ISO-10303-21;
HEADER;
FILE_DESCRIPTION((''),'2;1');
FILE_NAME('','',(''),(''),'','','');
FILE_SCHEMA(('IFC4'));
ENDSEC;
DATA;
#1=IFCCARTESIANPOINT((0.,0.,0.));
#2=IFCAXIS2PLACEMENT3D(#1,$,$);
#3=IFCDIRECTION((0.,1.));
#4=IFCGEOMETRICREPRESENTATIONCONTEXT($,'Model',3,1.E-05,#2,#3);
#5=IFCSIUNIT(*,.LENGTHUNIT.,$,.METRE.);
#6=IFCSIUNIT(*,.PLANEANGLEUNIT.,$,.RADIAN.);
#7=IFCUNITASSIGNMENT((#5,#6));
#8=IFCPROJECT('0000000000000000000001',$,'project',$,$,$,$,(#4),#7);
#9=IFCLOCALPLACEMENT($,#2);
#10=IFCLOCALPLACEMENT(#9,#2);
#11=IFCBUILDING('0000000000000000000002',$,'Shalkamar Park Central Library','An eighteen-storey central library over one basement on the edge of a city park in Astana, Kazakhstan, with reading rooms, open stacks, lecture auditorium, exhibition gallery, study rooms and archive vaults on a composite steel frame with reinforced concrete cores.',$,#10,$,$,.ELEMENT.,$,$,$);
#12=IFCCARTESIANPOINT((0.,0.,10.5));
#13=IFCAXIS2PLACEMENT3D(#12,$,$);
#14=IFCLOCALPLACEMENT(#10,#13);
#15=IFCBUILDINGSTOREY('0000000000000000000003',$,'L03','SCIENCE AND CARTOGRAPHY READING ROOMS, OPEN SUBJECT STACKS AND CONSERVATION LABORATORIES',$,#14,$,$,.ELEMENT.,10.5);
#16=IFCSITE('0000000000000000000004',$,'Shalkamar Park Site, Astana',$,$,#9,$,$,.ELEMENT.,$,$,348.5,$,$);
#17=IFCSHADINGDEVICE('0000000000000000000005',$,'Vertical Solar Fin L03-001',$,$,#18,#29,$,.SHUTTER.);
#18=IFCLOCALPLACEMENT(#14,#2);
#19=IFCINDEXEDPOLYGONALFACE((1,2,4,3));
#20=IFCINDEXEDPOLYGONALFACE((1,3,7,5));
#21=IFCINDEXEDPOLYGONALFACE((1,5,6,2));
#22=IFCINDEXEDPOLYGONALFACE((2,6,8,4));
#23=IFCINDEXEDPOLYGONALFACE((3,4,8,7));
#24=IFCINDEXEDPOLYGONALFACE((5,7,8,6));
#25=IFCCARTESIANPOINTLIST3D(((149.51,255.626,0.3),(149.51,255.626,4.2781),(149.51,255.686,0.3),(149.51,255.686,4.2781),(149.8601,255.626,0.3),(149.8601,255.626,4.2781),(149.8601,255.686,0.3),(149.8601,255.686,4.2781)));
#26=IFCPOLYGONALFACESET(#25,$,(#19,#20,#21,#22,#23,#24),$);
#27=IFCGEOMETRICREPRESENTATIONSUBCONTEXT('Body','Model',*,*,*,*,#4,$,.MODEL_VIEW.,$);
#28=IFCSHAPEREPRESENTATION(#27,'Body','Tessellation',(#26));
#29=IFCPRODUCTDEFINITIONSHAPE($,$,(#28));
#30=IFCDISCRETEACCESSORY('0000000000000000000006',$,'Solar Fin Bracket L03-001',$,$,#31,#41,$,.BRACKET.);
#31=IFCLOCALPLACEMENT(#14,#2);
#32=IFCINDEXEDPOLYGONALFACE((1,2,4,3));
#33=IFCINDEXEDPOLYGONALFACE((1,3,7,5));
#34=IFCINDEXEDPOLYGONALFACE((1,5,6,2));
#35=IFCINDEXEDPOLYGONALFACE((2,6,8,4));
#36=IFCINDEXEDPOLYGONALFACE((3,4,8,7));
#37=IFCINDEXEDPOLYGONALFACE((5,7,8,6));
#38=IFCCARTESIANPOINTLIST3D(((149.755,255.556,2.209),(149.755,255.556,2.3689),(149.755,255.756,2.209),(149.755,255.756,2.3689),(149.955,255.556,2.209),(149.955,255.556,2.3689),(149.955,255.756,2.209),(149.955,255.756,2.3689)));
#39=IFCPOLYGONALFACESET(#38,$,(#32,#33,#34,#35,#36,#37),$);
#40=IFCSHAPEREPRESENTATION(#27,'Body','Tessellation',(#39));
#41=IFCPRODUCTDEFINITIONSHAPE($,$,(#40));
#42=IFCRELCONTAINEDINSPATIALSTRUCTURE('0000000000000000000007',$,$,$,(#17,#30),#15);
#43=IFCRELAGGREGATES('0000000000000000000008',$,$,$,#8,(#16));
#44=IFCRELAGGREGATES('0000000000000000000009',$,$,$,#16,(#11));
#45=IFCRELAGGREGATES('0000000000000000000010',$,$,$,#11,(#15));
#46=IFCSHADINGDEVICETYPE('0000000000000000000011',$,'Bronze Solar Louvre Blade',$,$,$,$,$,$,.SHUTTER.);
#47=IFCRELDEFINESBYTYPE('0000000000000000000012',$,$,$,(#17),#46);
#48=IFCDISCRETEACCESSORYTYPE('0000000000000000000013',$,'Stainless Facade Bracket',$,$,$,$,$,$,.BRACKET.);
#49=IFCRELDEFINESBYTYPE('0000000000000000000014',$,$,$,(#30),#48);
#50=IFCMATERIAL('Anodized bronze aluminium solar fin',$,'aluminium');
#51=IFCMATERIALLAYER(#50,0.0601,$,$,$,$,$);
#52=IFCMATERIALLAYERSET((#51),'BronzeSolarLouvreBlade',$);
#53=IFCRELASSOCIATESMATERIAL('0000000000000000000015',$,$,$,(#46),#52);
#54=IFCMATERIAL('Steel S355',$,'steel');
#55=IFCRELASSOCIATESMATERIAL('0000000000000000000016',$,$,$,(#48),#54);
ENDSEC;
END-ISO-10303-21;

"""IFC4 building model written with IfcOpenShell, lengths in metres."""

from ifc_helpers import new_model, si_unit, direction, frame, origin, origin_2d, place, context, subcontext, project, spatial, rectangle, extrude, material, layer, layer_set, type_object, element, save


model = new_model("IFC4")

# Units and contexts
model_context = context("Model", 3, precision=1e-05, world=origin(), true_north=direction((0.0, 1.0)))
body_context = subcontext(model_context, "Body", "Model", "MODEL_VIEW")
ifc_project = project(units=[si_unit("LENGTHUNIT", "METRE"), si_unit("PLANEANGLEUNIT", "RADIAN")], contexts=[model_context])

# Site, building, storey
site_placement = place(None, origin())
site = spatial("IfcSite", under=ifc_project, at=site_placement, Name="Shalkamar Park Site, Astana", CompositionType="ELEMENT", RefElevation=348.5)
building_placement = place(site_placement, origin())
building = spatial("IfcBuilding", under=site, at=building_placement, Name="Shalkamar Park Central Library", Description="An eighteen-storey central library over one basement on the edge of a city park in Astana, Kazakhstan, with reading rooms, open stacks, lecture auditorium, exhibition gallery, study rooms and archive vaults on a composite steel frame with reinforced concrete cores.", CompositionType="ELEMENT")
storey_placement = place(building_placement, frame((0.0, 0.0, 10.5)))
storey = spatial("IfcBuildingStorey", under=building, at=storey_placement, Name="L03", Description="SCIENCE AND CARTOGRAPHY READING ROOMS, OPEN SUBJECT STACKS AND CONSERVATION LABORATORIES", CompositionType="ELEMENT", Elevation=10.5)

# Shared definitions
ifc_material_1 = material(Name="Steel S355", Category="steel")

# Shading device
ifc_material_2 = material(Name="Anodized bronze aluminium solar fin", Category="aluminium")
ifc_layer_1 = layer(ifc_material_2, 0.0601)
ifc_layer_set_1 = layer_set([ifc_layer_1], Name="BronzeSolarLouvreBlade")
shading_device_type = type_object("IfcShadingDeviceType", Name="Bronze Solar Louvre Blade", PredefinedType="SHUTTER", material=ifc_layer_set_1)
shading_device_placement = place(storey_placement, frame((149.6851, 255.656, 0.3), z_axis=(0.0, 0.0, 1.0), x_axis=(1.0, 0.0, 0.0)))
element("IfcShadingDevice", 1, at=shading_device_placement, inside=storey, type_object=shading_device_type, Name="Vertical Solar Fin L03-001", PredefinedType="SHUTTER", context=body_context, shape_type="SweptSolid", body=[
    extrude(rectangle(XDim=0.3501, YDim=0.0601, at=origin_2d()), origin(), (0.0, 0.0, 1.0), 3.978),
])

# Discrete accessory
discrete_accessory_type = type_object("IfcDiscreteAccessoryType", Name="Stainless Facade Bracket", PredefinedType="BRACKET", material=ifc_material_1)
discrete_accessory_placement = place(storey_placement, frame((149.855, 255.656, 2.209), z_axis=(0.0, 0.0, 1.0), x_axis=(1.0, 0.0, 0.0)))
element("IfcDiscreteAccessory", 2, at=discrete_accessory_placement, inside=storey, type_object=discrete_accessory_type, Name="Solar Fin Bracket L03-001", PredefinedType="BRACKET", context=body_context, shape_type="SweptSolid", body=[
    extrude(rectangle(XDim=0.2, YDim=0.2, at=origin_2d()), origin(), (0.0, 0.0, 1.0), 0.1599),
])

save(model, "model.ifc")
